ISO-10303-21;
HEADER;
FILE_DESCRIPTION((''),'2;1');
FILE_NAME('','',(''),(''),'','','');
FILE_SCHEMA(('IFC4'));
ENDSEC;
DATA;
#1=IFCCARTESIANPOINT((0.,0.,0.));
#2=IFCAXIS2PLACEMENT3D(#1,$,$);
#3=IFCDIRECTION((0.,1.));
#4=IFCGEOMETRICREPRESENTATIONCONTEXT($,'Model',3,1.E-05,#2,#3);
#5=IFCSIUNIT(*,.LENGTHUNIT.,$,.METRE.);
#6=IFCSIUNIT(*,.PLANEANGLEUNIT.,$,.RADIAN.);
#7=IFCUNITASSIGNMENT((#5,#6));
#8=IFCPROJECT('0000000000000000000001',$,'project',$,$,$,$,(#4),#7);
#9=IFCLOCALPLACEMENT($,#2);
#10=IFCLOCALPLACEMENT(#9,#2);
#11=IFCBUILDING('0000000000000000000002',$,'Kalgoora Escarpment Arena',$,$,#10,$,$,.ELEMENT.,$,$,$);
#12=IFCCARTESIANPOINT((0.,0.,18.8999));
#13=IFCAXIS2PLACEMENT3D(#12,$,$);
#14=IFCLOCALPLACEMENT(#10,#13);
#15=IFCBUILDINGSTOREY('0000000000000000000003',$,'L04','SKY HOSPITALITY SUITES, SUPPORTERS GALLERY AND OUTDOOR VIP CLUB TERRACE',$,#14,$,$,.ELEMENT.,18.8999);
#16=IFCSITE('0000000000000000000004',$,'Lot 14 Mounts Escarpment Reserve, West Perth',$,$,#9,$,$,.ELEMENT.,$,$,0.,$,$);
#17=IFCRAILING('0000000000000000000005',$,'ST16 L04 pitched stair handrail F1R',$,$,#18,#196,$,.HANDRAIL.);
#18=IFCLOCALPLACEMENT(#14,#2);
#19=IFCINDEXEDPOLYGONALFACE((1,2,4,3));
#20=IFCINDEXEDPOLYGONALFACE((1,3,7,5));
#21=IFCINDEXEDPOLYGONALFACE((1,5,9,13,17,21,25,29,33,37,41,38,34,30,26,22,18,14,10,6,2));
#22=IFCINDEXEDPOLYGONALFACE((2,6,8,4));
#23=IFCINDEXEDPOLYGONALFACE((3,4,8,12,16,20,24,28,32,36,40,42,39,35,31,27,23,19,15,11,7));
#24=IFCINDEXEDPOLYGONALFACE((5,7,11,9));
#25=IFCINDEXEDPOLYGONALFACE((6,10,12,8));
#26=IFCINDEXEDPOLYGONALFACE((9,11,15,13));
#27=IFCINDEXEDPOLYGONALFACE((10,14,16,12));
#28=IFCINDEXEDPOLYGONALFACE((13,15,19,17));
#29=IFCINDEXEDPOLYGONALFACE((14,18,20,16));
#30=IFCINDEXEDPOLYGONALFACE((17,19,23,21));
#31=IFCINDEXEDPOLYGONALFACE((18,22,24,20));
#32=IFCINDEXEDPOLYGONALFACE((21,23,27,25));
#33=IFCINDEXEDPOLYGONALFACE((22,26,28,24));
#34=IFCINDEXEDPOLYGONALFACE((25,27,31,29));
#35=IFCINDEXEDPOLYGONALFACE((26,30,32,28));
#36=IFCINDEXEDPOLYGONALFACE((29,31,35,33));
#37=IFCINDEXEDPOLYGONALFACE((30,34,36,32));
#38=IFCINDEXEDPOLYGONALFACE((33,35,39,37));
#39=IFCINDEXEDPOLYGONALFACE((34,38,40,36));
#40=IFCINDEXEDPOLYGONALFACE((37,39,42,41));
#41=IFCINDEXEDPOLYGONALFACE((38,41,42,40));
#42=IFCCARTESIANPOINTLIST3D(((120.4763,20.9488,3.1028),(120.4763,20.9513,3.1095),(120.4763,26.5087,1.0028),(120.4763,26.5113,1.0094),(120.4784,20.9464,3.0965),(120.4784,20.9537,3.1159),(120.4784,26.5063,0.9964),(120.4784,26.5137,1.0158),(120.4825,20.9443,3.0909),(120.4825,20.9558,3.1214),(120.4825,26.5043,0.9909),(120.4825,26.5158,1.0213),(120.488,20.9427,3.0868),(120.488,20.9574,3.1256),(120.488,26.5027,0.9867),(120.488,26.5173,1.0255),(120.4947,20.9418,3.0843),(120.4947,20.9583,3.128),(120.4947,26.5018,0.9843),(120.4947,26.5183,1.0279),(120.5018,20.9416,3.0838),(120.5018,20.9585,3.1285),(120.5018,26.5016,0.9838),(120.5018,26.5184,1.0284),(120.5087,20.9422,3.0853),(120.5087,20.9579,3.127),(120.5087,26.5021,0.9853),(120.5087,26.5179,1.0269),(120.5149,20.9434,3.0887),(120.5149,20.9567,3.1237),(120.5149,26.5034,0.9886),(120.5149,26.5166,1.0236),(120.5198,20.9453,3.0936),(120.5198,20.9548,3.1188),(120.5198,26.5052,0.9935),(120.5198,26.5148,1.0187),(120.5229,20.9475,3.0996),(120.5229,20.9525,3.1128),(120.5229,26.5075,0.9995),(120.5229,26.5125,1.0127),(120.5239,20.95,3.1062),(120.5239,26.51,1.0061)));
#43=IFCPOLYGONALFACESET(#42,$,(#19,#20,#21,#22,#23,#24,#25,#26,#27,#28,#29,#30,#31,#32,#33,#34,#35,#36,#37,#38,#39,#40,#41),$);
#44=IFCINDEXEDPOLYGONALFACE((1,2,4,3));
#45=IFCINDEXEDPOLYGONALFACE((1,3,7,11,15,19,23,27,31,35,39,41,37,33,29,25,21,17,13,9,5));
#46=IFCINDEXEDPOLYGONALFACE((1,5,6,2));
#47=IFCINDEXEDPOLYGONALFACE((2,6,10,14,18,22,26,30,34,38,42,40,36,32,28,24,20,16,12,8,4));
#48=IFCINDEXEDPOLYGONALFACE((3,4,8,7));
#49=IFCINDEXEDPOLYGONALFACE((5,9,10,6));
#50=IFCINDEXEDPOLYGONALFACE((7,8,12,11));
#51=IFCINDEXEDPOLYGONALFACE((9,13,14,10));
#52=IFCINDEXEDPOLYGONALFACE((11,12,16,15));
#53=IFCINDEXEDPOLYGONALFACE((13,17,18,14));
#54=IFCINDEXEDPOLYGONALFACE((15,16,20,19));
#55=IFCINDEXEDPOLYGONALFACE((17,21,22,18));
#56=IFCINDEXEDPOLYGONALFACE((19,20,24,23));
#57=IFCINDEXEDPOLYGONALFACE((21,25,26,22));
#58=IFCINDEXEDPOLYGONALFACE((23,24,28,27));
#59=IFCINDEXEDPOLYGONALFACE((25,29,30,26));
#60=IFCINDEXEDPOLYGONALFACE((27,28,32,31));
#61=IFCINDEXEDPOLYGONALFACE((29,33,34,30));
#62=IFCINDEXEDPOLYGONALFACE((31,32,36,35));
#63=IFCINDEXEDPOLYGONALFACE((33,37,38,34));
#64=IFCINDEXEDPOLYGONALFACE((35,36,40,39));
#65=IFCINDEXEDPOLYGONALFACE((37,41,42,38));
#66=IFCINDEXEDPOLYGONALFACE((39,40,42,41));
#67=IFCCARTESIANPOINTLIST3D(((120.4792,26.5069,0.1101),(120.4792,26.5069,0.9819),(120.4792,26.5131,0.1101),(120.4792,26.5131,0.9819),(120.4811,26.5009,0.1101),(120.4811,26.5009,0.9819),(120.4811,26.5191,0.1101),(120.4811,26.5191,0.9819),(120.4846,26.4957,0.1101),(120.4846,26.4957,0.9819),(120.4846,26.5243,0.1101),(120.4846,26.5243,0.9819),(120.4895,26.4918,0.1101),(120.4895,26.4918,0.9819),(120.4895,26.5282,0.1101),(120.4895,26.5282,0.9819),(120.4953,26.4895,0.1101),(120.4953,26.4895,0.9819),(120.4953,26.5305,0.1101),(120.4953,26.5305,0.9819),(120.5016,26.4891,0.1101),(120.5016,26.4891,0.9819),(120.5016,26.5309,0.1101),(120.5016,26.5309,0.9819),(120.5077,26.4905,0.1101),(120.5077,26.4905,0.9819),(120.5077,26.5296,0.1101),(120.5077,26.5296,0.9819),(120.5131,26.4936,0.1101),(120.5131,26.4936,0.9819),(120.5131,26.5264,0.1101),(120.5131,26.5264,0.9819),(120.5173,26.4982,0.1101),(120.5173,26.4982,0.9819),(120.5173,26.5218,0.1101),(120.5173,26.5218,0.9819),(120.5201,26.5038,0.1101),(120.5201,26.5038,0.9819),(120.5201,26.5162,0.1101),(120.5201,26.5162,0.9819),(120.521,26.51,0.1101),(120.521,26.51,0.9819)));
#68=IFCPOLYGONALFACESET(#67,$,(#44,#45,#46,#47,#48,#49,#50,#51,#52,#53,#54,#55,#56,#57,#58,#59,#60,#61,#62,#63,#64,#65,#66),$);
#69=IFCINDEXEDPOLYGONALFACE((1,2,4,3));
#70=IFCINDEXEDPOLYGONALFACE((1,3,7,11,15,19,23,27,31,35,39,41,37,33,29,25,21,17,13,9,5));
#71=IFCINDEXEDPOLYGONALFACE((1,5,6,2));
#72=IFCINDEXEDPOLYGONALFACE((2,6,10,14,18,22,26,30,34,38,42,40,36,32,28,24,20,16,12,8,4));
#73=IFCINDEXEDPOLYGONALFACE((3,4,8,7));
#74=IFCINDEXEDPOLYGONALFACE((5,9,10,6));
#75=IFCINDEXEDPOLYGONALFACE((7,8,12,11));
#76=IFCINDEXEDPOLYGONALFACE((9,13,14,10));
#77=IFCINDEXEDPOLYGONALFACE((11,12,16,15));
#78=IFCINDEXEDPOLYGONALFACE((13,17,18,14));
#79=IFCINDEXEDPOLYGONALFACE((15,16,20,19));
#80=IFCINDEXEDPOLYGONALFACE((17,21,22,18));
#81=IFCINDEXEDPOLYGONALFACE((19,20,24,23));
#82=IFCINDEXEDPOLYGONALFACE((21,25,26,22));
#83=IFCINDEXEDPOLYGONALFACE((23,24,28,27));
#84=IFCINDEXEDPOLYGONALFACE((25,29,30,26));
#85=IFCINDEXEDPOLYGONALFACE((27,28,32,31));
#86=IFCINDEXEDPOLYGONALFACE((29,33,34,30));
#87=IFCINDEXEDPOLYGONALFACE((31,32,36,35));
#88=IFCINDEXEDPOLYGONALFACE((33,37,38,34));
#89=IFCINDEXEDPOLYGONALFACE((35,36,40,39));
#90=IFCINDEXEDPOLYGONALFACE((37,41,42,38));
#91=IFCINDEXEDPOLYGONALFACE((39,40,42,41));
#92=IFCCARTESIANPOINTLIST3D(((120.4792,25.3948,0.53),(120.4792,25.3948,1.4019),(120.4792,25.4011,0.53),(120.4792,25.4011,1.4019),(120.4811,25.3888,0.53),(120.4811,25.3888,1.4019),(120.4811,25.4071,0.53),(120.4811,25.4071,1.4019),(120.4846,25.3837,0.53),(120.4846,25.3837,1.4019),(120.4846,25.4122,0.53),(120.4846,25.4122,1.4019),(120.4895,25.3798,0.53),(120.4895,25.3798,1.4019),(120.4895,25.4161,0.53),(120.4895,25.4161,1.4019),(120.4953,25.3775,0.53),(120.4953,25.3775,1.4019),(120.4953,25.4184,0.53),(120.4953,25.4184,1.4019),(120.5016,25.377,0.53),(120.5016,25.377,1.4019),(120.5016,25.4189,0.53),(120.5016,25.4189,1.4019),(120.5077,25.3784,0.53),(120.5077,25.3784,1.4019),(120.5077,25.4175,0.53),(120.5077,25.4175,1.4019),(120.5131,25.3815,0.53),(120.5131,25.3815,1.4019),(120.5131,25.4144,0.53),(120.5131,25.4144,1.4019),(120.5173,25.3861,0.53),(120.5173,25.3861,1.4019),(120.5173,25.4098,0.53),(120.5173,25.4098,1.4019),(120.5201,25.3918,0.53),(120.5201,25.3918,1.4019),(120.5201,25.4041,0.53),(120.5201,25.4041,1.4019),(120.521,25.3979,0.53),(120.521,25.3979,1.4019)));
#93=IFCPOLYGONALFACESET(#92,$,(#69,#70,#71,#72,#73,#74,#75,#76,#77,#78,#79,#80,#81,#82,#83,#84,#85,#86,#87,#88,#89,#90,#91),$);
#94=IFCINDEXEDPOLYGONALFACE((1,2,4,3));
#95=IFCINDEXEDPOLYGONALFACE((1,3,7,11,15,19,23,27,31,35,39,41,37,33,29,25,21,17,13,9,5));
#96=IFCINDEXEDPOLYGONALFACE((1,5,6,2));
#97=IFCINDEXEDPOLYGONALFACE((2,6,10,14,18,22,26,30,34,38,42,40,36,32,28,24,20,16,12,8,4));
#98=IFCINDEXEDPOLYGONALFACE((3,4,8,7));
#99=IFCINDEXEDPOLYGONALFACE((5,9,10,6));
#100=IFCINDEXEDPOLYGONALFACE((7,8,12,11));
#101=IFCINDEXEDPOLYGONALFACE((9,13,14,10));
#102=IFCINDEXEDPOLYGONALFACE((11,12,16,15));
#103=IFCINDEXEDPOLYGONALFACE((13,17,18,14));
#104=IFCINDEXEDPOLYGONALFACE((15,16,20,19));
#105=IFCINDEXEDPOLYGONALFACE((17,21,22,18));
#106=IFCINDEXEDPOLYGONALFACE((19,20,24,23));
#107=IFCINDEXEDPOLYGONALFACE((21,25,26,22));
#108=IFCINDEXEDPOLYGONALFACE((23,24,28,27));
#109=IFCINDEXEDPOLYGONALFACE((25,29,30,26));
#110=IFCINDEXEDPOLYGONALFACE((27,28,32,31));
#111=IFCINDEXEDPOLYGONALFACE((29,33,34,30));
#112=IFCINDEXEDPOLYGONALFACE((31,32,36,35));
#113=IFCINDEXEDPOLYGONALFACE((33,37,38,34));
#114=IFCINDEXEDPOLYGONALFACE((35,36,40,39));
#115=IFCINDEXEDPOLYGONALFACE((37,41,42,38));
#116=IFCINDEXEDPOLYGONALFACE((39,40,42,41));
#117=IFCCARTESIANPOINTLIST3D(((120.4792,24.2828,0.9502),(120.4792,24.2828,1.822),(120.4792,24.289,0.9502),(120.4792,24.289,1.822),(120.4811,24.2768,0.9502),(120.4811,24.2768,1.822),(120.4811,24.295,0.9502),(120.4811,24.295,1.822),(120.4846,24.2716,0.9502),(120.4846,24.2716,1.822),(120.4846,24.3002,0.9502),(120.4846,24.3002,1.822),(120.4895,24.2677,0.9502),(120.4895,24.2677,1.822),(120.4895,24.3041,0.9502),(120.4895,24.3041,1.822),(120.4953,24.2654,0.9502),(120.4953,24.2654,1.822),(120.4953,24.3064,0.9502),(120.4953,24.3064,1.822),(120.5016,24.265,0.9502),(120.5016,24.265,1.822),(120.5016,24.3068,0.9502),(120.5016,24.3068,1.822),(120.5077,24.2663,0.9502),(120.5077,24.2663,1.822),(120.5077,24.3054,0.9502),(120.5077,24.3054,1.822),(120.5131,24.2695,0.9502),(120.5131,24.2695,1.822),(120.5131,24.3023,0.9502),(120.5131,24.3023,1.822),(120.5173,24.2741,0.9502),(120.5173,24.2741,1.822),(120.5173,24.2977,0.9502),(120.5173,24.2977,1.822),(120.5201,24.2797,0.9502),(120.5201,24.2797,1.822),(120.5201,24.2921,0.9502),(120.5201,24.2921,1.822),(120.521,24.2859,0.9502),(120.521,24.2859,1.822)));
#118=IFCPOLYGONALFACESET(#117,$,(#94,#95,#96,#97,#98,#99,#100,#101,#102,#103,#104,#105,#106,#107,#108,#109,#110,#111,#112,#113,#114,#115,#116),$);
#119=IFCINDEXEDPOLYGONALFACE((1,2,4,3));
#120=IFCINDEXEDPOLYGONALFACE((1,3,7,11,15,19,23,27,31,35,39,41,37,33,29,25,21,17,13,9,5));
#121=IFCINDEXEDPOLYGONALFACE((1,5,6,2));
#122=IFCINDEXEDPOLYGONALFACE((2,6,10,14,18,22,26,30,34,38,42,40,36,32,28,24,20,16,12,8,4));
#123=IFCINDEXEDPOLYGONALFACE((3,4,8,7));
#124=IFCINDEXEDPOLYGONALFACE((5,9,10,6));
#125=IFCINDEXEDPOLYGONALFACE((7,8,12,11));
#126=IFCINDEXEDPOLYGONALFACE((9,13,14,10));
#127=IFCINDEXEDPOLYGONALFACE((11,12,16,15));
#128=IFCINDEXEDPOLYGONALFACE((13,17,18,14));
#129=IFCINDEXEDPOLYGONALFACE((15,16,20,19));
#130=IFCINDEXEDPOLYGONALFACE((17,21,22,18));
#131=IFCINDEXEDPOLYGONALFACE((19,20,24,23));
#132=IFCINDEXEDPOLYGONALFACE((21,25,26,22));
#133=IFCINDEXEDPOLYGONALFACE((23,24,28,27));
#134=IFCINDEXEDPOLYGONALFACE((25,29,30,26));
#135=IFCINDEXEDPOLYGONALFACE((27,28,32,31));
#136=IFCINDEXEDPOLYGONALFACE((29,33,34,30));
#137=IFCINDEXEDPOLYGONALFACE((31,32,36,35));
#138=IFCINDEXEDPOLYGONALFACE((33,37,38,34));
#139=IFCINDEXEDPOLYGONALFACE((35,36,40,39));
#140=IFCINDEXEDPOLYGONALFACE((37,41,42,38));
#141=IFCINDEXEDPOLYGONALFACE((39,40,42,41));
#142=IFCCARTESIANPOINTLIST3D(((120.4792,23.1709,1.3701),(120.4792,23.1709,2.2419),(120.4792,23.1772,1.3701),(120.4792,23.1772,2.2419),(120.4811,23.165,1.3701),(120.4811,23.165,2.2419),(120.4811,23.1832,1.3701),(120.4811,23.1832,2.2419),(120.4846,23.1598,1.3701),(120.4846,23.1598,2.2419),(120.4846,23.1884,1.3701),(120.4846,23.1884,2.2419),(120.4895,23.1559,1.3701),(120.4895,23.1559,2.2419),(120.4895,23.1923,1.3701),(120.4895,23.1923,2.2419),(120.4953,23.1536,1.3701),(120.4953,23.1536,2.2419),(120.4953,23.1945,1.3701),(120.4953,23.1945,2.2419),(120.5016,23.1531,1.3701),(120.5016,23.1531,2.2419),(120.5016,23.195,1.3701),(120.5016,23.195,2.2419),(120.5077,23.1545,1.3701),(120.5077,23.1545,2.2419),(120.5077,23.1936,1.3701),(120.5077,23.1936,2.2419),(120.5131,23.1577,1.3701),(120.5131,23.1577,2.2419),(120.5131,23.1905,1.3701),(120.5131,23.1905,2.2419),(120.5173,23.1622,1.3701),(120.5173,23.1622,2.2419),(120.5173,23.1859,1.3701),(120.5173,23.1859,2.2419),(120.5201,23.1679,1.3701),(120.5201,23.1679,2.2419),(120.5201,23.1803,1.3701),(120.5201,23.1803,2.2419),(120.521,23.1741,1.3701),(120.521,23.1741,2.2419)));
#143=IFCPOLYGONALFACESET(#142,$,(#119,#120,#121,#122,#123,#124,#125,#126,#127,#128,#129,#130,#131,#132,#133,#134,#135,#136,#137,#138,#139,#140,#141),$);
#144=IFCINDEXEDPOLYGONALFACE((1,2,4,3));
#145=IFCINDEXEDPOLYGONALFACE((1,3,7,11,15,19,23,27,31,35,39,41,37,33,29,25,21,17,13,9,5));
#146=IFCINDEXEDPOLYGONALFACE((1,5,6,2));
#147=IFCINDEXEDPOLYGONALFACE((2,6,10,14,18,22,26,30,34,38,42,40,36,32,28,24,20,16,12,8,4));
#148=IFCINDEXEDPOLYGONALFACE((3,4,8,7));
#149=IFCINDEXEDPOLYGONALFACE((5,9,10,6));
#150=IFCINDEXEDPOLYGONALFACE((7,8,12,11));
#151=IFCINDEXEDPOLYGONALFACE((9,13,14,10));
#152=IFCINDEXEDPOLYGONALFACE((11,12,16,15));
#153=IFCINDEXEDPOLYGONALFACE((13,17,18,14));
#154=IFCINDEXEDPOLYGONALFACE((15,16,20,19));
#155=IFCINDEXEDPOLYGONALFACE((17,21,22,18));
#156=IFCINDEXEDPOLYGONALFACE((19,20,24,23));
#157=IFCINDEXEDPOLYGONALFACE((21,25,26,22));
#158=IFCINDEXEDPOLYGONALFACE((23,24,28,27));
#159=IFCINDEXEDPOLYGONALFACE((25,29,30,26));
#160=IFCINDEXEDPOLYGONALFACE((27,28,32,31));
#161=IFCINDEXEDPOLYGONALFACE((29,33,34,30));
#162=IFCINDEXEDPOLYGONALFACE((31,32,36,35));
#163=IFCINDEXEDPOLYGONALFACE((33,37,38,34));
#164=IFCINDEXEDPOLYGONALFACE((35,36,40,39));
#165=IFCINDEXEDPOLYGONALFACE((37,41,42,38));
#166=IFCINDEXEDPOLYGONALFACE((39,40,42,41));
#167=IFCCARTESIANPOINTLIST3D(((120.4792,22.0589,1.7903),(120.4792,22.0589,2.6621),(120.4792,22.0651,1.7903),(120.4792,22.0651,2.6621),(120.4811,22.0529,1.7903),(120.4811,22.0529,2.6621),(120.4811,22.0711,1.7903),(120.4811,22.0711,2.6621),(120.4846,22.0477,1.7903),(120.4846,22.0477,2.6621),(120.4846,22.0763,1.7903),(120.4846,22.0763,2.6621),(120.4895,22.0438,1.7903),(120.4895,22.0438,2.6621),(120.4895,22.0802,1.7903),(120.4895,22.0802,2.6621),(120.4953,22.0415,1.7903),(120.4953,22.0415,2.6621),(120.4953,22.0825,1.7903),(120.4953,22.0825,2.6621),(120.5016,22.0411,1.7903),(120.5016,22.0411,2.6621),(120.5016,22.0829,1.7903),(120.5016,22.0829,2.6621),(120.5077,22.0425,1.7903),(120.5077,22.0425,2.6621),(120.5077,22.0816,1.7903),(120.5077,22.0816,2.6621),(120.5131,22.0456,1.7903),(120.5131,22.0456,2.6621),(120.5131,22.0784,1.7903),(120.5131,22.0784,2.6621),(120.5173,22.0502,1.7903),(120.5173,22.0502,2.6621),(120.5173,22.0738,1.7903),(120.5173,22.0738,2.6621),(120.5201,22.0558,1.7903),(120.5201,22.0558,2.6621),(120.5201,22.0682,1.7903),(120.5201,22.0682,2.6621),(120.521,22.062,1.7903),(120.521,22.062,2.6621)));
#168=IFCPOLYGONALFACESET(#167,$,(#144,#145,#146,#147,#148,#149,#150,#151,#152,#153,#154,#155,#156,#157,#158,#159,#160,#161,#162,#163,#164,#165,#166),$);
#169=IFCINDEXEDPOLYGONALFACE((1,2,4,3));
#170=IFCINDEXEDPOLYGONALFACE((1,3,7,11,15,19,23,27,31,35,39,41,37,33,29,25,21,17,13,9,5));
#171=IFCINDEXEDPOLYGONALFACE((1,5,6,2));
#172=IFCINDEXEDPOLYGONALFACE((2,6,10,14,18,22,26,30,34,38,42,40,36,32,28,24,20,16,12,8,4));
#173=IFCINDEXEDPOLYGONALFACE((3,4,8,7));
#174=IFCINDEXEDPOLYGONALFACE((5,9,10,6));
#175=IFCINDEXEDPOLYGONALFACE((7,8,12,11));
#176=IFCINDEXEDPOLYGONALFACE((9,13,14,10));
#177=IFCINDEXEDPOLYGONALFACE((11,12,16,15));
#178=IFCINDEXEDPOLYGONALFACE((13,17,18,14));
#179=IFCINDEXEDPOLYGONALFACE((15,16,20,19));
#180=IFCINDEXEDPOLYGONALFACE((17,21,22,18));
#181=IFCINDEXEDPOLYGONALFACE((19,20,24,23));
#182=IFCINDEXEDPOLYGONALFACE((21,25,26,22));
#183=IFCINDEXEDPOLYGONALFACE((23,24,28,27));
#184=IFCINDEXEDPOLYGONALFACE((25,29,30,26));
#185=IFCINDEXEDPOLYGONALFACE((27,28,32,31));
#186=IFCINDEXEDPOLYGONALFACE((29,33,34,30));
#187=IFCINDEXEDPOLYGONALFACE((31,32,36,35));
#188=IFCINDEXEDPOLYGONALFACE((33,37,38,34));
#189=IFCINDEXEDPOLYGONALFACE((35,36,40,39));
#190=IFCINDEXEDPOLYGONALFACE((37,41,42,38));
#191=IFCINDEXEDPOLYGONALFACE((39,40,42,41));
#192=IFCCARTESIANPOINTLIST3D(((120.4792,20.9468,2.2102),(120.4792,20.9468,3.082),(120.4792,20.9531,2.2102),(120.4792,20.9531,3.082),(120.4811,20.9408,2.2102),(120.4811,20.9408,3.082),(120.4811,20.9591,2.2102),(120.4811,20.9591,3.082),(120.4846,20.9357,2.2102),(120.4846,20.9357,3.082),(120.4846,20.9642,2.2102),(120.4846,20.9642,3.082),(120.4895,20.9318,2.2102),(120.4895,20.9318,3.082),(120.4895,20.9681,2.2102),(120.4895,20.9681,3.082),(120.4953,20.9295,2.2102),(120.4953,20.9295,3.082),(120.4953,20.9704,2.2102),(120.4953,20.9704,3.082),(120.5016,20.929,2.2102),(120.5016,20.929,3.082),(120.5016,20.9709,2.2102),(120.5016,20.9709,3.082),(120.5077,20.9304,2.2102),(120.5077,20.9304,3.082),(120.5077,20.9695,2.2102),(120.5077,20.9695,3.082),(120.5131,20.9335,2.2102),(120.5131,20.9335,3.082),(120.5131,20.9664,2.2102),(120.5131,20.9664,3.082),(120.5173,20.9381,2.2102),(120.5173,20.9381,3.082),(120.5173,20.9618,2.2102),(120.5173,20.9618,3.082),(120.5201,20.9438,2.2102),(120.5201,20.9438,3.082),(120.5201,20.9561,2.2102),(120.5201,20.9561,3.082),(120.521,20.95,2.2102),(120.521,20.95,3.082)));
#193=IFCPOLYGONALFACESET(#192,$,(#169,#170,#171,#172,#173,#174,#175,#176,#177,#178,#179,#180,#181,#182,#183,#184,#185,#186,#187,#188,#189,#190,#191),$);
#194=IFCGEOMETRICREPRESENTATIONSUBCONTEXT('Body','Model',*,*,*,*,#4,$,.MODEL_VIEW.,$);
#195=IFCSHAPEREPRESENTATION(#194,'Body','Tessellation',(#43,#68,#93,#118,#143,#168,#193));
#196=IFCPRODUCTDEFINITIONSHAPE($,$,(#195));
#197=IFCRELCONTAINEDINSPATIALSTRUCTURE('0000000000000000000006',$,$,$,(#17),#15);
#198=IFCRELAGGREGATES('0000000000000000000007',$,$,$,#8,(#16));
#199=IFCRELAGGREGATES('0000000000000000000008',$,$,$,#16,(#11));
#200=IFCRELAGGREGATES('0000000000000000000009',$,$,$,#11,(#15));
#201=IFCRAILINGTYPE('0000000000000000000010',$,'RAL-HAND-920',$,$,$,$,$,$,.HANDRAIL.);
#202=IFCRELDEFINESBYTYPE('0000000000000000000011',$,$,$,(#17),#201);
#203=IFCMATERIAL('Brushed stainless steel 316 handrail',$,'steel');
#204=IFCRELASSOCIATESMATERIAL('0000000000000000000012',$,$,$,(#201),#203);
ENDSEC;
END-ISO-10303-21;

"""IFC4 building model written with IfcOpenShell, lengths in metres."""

from ifc_helpers import new_model, si_unit, direction, frame, origin, origin_2d, place, context, subcontext, project, spatial, circle, extrude, material, type_object, element, save


model = new_model("IFC4")

# Units and contexts
model_context = context("Model", 3, precision=1e-05, world=origin(), true_north=direction((0.0, 1.0)))
body_context = subcontext(model_context, "Body", "Model", "MODEL_VIEW")
ifc_project = project(units=[si_unit("LENGTHUNIT", "METRE"), si_unit("PLANEANGLEUNIT", "RADIAN")], contexts=[model_context])

# Site, building, storey
site_placement = place(None, origin())
site = spatial("IfcSite", under=ifc_project, at=site_placement, Name="Lot 14 Mounts Escarpment Reserve, West Perth", CompositionType="ELEMENT", RefElevation=0.0)
building_placement = place(site_placement, origin())
building = spatial("IfcBuilding", under=site, at=building_placement, Name="Kalgoora Escarpment Arena", CompositionType="ELEMENT")
storey_placement = place(building_placement, frame((0.0, 0.0, 18.8999)))
storey = spatial("IfcBuildingStorey", under=building, at=storey_placement, Name="L04", Description="SKY HOSPITALITY SUITES, SUPPORTERS GALLERY AND OUTDOOR VIP CLUB TERRACE", CompositionType="ELEMENT", Elevation=18.8999)

# Railing
ifc_material_1 = material(Name="Brushed stainless steel 316 handrail", Category="steel")
railing_type_1 = type_object("IfcRailingType", Name="RAL-HAND-920", PredefinedType="HANDRAIL", material=ifc_material_1)
for number, where, name in (
    (1, (120.5, 26.51, 0.1101), "ST16 L04 pitched stair handrail F1R"),
):
    element("IfcRailing", number, at=place(storey_placement, frame(where)), inside=storey, type_object=railing_type_1, Name=name, PredefinedType="HANDRAIL", context=body_context, shape_type="SweptSolid", body=[
        extrude(circle(Radius=0.0239, at=origin_2d()), frame((0.0, 0.0, 0.896), z_axis=(0.0, -0.935493, 0.353346), x_axis=(1.0, 0.0, 0.0)), (0.0, 0.0, 1.0), 5.9434),
        extrude(circle(Radius=0.021, at=origin_2d()), origin(), (0.0, 0.0, 1.0), 0.8718),
        extrude(circle(Radius=0.021, at=origin_2d()), frame((0.0, -1.1121, 0.4199)), (0.0, 0.0, 1.0), 0.8718),
        extrude(circle(Radius=0.021, at=origin_2d()), frame((0.0, -2.2241, 0.8401)), (0.0, 0.0, 1.0), 0.8718),
        extrude(circle(Radius=0.021, at=origin_2d()), frame((0.0, -3.3359, 1.26)), (0.0, 0.0, 1.0), 0.8718),
        extrude(circle(Radius=0.021, at=origin_2d()), frame((0.0, -4.448, 1.6802)), (0.0, 0.0, 1.0), 0.8718),
        extrude(circle(Radius=0.021, at=origin_2d()), frame((0.0, -5.5601, 2.1001)), (0.0, 0.0, 1.0), 0.8718),
    ])

save(model, "model.ifc")
